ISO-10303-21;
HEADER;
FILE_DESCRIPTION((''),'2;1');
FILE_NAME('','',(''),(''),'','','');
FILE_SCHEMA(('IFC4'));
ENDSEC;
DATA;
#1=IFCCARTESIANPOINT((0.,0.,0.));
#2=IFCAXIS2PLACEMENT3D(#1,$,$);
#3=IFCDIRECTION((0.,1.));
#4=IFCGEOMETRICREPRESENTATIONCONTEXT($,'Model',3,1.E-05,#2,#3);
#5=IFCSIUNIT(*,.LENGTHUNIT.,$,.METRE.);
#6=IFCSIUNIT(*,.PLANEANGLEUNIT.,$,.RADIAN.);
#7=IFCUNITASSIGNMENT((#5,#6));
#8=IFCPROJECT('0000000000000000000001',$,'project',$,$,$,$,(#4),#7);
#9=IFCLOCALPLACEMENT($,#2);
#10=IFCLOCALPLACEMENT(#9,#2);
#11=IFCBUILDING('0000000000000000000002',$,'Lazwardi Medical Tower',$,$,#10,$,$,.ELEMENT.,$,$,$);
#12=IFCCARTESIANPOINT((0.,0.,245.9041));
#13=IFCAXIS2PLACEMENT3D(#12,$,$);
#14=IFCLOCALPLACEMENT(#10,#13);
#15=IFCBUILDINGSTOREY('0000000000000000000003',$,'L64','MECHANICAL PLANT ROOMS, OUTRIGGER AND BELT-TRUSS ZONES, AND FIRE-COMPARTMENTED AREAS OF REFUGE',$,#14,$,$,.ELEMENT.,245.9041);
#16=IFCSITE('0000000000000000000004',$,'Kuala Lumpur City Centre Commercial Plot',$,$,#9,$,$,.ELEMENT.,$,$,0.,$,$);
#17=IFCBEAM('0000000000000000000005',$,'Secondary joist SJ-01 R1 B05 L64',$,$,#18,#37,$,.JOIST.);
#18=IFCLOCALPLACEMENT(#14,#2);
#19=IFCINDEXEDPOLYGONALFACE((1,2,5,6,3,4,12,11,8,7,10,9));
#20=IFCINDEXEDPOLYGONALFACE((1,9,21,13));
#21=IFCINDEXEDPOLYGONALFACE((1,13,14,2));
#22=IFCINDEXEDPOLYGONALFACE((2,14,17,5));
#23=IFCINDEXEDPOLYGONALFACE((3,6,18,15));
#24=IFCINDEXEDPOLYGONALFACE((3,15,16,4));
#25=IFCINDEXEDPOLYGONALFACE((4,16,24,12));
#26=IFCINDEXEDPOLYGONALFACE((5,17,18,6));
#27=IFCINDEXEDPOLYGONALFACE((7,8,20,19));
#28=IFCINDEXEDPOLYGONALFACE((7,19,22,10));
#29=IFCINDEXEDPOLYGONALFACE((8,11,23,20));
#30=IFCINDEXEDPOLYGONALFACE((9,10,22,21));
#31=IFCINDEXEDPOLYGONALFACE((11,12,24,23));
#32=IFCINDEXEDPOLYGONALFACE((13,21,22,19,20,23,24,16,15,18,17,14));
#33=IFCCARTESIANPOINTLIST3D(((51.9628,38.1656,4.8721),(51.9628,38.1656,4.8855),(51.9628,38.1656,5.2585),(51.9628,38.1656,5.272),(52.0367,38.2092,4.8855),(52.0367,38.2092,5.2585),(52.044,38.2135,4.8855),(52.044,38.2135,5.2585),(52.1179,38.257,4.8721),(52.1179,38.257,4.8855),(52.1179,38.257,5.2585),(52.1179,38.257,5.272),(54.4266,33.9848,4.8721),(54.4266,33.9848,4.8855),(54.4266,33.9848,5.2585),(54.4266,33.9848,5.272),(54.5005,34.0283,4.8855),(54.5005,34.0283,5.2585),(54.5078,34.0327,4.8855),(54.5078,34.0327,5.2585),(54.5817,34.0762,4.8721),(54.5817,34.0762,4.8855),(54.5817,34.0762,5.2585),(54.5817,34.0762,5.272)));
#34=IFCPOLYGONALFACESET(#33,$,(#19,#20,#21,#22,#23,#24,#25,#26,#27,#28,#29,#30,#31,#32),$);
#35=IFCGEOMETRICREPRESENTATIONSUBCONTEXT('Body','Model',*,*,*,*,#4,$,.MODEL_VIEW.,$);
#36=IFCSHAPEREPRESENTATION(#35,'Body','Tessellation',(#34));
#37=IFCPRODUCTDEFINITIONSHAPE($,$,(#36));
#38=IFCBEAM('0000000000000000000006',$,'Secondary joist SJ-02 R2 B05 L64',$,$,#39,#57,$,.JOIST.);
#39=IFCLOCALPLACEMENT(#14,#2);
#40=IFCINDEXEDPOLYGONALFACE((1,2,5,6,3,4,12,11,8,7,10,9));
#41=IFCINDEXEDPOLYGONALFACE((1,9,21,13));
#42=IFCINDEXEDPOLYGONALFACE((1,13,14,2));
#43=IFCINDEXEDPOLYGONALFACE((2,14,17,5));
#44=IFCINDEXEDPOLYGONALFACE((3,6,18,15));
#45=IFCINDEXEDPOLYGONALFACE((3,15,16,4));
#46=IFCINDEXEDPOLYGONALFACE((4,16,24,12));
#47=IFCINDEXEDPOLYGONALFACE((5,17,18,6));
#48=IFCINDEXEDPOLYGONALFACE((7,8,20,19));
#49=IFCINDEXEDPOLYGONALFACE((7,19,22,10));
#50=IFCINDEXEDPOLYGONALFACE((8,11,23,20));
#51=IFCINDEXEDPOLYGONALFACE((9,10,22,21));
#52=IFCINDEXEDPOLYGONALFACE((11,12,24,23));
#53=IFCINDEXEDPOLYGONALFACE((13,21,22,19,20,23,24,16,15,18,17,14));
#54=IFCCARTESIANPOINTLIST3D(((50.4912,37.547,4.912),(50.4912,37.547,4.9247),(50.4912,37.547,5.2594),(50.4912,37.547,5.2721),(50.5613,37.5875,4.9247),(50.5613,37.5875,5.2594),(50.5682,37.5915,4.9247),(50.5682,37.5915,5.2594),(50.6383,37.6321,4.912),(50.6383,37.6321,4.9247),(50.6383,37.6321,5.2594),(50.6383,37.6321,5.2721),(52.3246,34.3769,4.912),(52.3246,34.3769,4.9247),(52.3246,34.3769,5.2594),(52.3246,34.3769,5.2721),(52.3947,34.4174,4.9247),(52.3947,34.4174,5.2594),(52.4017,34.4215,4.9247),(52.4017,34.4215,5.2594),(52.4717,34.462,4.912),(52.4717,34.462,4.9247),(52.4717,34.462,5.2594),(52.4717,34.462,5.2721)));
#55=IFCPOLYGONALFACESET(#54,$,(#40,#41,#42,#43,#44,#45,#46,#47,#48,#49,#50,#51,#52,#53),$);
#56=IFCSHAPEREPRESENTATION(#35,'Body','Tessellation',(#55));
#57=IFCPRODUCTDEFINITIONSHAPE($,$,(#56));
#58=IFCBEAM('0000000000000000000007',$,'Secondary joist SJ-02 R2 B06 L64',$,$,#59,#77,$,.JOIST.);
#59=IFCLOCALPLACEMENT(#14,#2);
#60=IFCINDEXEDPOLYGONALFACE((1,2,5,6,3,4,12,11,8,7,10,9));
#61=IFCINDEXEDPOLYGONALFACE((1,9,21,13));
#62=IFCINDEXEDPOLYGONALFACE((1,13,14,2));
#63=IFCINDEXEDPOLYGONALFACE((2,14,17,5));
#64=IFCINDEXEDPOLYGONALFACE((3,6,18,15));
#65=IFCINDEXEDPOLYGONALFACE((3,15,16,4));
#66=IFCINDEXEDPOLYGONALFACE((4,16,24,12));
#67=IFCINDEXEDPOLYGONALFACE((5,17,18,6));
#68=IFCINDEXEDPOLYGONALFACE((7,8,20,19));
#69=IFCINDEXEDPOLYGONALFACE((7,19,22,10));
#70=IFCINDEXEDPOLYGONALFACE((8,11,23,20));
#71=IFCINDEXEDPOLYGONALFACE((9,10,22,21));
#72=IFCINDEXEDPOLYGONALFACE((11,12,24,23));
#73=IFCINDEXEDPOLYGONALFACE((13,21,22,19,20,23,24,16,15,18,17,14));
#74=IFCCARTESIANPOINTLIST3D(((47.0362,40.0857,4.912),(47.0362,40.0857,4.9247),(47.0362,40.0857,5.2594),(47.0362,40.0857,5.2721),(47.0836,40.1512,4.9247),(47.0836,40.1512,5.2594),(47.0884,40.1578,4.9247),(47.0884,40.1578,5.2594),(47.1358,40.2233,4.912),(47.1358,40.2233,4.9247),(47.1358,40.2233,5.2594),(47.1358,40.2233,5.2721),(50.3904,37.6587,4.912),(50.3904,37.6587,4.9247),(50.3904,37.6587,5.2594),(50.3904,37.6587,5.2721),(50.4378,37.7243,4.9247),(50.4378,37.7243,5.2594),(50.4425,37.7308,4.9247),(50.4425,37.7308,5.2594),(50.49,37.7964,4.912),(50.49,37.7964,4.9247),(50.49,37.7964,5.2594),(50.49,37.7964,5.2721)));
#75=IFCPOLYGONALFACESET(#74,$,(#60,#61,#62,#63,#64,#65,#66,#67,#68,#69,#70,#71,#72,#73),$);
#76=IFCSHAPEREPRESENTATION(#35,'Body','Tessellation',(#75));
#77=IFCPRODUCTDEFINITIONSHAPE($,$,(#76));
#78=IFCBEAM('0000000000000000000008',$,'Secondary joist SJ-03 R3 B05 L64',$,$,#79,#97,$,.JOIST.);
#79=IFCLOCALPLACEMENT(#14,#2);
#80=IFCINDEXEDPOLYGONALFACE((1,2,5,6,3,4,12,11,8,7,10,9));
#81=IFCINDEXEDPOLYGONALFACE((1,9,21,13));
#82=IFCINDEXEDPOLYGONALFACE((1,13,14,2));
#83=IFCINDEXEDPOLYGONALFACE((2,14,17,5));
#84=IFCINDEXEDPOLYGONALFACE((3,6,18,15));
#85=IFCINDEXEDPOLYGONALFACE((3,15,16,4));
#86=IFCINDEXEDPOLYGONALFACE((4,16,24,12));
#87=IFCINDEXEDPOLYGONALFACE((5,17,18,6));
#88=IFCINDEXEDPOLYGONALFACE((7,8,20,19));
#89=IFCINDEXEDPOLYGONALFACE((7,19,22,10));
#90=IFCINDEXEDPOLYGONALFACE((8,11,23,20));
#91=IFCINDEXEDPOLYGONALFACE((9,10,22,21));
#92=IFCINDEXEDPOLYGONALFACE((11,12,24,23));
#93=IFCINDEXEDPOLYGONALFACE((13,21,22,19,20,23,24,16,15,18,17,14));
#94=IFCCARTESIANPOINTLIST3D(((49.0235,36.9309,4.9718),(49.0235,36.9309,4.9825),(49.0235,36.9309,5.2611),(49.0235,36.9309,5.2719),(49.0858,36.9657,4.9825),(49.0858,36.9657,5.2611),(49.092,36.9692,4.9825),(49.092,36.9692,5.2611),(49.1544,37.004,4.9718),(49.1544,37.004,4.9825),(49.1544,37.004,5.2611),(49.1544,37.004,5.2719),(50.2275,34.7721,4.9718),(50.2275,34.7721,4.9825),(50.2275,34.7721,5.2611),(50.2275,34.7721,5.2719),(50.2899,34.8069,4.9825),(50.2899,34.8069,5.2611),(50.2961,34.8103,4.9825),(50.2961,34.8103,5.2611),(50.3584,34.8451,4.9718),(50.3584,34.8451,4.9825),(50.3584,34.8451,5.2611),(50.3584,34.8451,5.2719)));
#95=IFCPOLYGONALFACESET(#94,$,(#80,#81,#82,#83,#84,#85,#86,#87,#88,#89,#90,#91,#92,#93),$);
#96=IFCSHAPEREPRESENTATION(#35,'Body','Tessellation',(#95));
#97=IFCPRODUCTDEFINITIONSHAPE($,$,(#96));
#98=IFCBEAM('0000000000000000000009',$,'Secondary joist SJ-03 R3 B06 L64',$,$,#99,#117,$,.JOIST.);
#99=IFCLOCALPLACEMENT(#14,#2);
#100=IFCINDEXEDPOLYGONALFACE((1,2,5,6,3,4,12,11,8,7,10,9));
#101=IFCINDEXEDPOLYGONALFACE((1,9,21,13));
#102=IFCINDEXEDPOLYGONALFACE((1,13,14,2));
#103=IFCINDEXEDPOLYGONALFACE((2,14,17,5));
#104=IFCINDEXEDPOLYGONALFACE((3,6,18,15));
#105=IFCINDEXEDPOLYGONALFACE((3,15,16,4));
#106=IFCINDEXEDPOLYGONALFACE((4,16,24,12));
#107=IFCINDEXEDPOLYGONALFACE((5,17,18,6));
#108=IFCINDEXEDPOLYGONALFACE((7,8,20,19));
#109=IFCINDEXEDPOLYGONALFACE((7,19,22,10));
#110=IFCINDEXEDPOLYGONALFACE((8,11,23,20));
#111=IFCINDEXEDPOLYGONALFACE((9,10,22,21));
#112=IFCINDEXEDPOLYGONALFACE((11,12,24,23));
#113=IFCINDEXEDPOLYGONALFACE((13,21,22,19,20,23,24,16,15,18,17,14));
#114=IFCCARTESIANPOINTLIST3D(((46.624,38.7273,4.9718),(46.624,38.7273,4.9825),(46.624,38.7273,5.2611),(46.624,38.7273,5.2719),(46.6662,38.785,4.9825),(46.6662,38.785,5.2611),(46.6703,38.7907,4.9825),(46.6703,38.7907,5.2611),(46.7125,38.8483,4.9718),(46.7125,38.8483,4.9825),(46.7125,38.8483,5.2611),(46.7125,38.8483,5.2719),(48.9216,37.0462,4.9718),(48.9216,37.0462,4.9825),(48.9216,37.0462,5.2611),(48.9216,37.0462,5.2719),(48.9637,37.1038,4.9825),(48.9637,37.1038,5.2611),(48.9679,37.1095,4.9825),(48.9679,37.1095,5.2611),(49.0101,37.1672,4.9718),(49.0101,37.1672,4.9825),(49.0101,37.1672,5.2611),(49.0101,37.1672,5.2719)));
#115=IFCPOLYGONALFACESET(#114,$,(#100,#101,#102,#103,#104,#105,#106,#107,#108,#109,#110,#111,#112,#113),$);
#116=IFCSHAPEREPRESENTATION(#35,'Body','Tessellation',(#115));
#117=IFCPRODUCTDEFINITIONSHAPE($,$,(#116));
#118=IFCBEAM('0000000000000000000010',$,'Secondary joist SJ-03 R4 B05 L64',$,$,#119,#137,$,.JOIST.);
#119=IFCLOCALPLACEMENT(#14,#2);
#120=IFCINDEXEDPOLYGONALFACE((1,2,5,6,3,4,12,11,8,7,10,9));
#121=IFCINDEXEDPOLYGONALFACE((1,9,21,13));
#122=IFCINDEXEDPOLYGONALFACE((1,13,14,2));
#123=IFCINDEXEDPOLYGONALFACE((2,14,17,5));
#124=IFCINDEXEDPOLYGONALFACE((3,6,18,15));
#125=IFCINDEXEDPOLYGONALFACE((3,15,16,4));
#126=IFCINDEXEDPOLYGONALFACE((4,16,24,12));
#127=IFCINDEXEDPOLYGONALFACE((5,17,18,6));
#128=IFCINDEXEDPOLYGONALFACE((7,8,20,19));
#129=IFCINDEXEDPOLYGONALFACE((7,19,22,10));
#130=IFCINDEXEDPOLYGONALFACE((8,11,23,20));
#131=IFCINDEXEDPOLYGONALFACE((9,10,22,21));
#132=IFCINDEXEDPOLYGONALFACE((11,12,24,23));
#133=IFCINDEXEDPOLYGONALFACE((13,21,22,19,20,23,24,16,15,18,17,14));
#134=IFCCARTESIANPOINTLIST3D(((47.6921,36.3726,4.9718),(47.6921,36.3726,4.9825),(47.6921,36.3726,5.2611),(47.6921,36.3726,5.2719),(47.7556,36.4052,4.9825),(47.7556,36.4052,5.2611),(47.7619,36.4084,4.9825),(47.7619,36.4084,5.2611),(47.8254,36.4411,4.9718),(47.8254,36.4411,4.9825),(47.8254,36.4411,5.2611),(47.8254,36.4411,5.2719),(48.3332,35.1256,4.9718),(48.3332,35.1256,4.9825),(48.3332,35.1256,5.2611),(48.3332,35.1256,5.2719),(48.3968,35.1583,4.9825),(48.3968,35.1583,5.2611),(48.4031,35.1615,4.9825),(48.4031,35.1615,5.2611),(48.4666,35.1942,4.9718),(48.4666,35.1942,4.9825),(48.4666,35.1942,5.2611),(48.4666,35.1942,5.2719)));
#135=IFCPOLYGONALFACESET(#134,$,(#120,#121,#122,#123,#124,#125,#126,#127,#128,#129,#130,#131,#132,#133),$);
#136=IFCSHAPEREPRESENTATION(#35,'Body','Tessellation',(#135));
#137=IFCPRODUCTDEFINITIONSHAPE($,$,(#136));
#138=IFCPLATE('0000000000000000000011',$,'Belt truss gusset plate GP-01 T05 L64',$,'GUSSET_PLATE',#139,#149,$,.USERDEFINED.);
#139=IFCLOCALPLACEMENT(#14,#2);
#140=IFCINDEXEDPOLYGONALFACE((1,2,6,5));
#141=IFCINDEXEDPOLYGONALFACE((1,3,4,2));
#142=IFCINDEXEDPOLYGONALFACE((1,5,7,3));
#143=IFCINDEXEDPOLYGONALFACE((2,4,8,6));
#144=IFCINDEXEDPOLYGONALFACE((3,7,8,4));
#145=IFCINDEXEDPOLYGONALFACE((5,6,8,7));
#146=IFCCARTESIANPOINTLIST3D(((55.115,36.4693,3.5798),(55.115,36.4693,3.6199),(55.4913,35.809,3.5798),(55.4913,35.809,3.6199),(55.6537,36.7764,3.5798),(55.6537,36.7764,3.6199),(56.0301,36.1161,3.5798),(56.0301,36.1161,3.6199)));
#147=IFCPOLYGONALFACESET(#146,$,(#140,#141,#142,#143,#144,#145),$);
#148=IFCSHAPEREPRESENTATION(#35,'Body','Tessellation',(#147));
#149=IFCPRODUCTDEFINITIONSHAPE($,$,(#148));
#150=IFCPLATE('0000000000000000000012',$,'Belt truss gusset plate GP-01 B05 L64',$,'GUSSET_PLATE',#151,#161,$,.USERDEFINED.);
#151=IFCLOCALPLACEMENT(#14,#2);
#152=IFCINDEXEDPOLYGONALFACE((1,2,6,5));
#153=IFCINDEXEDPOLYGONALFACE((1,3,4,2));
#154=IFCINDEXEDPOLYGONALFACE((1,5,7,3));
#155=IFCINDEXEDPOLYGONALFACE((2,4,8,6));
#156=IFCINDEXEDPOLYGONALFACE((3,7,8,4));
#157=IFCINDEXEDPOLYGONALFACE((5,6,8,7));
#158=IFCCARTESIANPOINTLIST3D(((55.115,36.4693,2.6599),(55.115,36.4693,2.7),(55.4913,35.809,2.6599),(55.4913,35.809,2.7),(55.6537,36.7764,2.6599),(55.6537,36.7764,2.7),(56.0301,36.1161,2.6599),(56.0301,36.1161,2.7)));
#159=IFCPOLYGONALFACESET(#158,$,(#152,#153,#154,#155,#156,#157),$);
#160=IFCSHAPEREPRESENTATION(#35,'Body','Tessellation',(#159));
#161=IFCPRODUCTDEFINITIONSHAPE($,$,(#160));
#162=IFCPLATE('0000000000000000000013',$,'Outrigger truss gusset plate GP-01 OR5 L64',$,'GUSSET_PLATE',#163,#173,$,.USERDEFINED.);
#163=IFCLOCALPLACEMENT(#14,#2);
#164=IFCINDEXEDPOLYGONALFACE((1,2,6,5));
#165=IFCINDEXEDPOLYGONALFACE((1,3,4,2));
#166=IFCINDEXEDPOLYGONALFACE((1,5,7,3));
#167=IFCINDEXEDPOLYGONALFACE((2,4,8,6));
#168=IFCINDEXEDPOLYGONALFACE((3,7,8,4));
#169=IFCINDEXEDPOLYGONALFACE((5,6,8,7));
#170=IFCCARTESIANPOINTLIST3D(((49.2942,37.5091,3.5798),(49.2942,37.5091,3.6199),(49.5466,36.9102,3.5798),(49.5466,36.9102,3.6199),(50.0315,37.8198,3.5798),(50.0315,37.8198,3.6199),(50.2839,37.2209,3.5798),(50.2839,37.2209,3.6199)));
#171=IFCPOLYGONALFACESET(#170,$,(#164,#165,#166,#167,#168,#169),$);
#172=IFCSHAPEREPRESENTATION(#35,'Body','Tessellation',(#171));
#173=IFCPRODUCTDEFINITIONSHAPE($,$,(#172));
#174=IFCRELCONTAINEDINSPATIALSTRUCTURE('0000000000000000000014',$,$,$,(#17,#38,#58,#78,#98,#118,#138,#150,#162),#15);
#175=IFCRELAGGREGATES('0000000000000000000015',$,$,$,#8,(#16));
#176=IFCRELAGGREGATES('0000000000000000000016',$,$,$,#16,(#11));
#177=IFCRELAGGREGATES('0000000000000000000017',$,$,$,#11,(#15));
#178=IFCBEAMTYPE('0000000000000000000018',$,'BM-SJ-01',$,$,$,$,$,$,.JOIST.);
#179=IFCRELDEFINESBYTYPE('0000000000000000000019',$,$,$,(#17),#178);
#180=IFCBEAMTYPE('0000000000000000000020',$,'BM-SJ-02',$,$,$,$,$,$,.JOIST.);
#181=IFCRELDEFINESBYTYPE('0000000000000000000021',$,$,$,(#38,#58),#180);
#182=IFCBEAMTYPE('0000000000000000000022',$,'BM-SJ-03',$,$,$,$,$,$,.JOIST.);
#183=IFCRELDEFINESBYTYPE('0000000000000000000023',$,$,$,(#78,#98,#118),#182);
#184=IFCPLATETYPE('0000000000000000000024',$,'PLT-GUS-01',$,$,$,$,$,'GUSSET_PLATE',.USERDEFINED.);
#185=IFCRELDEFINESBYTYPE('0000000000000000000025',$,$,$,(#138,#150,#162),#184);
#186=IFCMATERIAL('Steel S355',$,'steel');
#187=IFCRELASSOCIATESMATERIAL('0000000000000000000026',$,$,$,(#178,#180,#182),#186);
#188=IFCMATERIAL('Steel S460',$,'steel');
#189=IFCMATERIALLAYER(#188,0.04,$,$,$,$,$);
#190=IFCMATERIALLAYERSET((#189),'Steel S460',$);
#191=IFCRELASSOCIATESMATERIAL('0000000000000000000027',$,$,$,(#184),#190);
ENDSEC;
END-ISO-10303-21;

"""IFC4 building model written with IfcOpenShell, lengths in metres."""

from ifc_helpers import new_model, si_unit, direction, frame, origin, origin_2d, place, context, subcontext, project, spatial, rectangle, i_section, extrude, material, layer, layer_set, material_profile, profile_set, type_object, element, save


model = new_model("IFC4")

# Units and contexts
model_context = context("Model", 3, precision=1e-05, world=origin(), true_north=direction((0.0, 1.0)))
body_context = subcontext(model_context, "Body", "Model", "MODEL_VIEW")
ifc_project = project(units=[si_unit("LENGTHUNIT", "METRE"), si_unit("PLANEANGLEUNIT", "RADIAN")], contexts=[model_context])

# Site, building, storey
site_placement = place(None, origin())
site = spatial("IfcSite", under=ifc_project, at=site_placement, Name="Kuala Lumpur City Centre Commercial Plot", CompositionType="ELEMENT", RefElevation=0.0)
building_placement = place(site_placement, origin())
building = spatial("IfcBuilding", under=site, at=building_placement, Name="Lazwardi Medical Tower", CompositionType="ELEMENT")
storey_placement = place(building_placement, frame((0.0, 0.0, 245.9041)))
storey = spatial("IfcBuildingStorey", under=building, at=storey_placement, Name="L64", Description="MECHANICAL PLANT ROOMS, OUTRIGGER AND BELT-TRUSS ZONES, AND FIRE-COMPARTMENTED AREAS OF REFUGE", CompositionType="ELEMENT", Elevation=245.9041)

# Beams
ifc_material_1 = material(Name="Steel S355", Category="steel")
ifc_material_profile_1 = material_profile(ifc_material_1, i_section(OverallWidth=0.1799, OverallDepth=0.3999, WebThickness=0.0085, FlangeThickness=0.0134, at=origin_2d()), Name="IPE 400")
ifc_profile_set_1 = profile_set([ifc_material_profile_1], Name="Steel S355")
beam_type_1 = type_object("IfcBeamType", Name="BM-SJ-01", PredefinedType="JOIST", material=ifc_profile_set_1)
beam_1_placement = place(storey_placement, frame((54.5042, 34.0305, 5.072), z_axis=(-0.50771, 0.861528, 0.0), x_axis=(-0.861528, -0.50771, 0.0)))
element("IfcBeam", 1, at=beam_1_placement, inside=storey, type_object=beam_type_1, Name="Secondary joist SJ-01 R1 B05 L64", PredefinedType="JOIST", context=body_context, shape_type="SweptSolid", body=[
    extrude(i_section(OverallWidth=0.1799, OverallDepth=0.3999, WebThickness=0.0085, FlangeThickness=0.0134, at=origin_2d()), origin(), (0.0, 0.0, 1.0), 4.8528),
])
ifc_material_profile_2 = material_profile(ifc_material_1, i_section(OverallWidth=0.1699, OverallDepth=0.3601, WebThickness=0.0081, FlangeThickness=0.0127, at=origin_2d()), Name="IPE 360")
ifc_profile_set_2 = profile_set([ifc_material_profile_2], Name="Steel S355")
beam_type_2 = type_object("IfcBeamType", Name="BM-SJ-02", PredefinedType="JOIST", material=ifc_profile_set_2)
beam_2_placement = place(storey_placement, frame((52.3982, 34.4194, 5.092), z_axis=(-0.500655, 0.865647, 0.0), x_axis=(-0.865647, -0.500655, 0.0)))
element("IfcBeam", 2, at=beam_2_placement, inside=storey, type_object=beam_type_2, Name="Secondary joist SJ-02 R2 B05 L64", PredefinedType="JOIST", context=body_context, shape_type="SweptSolid", body=[
    extrude(i_section(OverallWidth=0.1699, OverallDepth=0.3601, WebThickness=0.0081, FlangeThickness=0.0127, at=origin_2d()), origin(), (0.0, 0.0, 1.0), 3.6621),
])
beam_3_placement = place(storey_placement, frame((50.4402, 37.7275, 5.092), z_axis=(-0.810164, 0.586203, 0.0), x_axis=(-0.586203, -0.810164, 0.0)))
element("IfcBeam", 3, at=beam_3_placement, inside=storey, type_object=beam_type_2, Name="Secondary joist SJ-02 R2 B06 L64", PredefinedType="JOIST", context=body_context, shape_type="SweptSolid", body=[
    extrude(i_section(OverallWidth=0.1699, OverallDepth=0.3601, WebThickness=0.0081, FlangeThickness=0.0127, at=origin_2d()), origin(), (0.0, 0.0, 1.0), 4.1401),
])
ifc_material_profile_3 = material_profile(ifc_material_1, i_section(OverallWidth=0.1499, OverallDepth=0.3, WebThickness=0.0071, FlangeThickness=0.0107, at=origin_2d()), Name="IPE 300")
ifc_profile_set_3 = profile_set([ifc_material_profile_3], Name="Steel S355")
beam_type_3 = type_object("IfcBeamType", Name="BM-SJ-03", PredefinedType="JOIST", material=ifc_profile_set_3)
beam_4_placement = place(storey_placement, frame((50.293, 34.8086, 5.1218), z_axis=(-0.487093, 0.87335, 0.0), x_axis=(-0.87335, -0.487093, 0.0)))
element("IfcBeam", 4, at=beam_4_placement, inside=storey, type_object=beam_type_3, Name="Secondary joist SJ-03 R3 B05 L64", PredefinedType="JOIST", context=body_context, shape_type="SweptSolid", body=[
    extrude(i_section(OverallWidth=0.1499, OverallDepth=0.3, WebThickness=0.0071, FlangeThickness=0.0107, at=origin_2d()), origin(), (0.0, 0.0, 1.0), 2.4719),
])
beam_5_placement = place(storey_placement, frame((48.9658, 37.1067, 5.1218), z_axis=(-0.807034, 0.590505, 0.0), x_axis=(-0.590505, -0.807034, 0.0)))
element("IfcBeam", 5, at=beam_5_placement, inside=storey, type_object=beam_type_3, Name="Secondary joist SJ-03 R3 B06 L64", PredefinedType="JOIST", context=body_context, shape_type="SweptSolid", body=[
    extrude(i_section(OverallWidth=0.1499, OverallDepth=0.3, WebThickness=0.0071, FlangeThickness=0.0107, at=origin_2d()), origin(), (0.0, 0.0, 1.0), 2.8469),
])
beam_6_placement = place(storey_placement, frame((48.3999, 35.1599, 5.1218), z_axis=(-0.457285, 0.88932, 0.0), x_axis=(-0.88932, -0.457285, 0.0)))
element("IfcBeam", 6, at=beam_6_placement, inside=storey, type_object=beam_type_3, Name="Secondary joist SJ-03 R4 B05 L64", PredefinedType="JOIST", context=body_context, shape_type="SweptSolid", body=[
    extrude(i_section(OverallWidth=0.1499, OverallDepth=0.3, WebThickness=0.0071, FlangeThickness=0.0107, at=origin_2d()), origin(), (0.0, 0.0, 1.0), 1.4021),
])

# Plates
ifc_material_2 = material(Name="Steel S460", Category="steel")
ifc_layer_1 = layer(ifc_material_2, 0.04)
ifc_layer_set_1 = layer_set([ifc_layer_1], Name="Steel S460")
plate_type = type_object("IfcPlateType", Name="PLT-GUS-01", ElementType="GUSSET_PLATE", PredefinedType="USERDEFINED", material=ifc_layer_set_1)
for number, where, z_axis, x_axis, name in (
    (7, (55.5725, 36.2927, 3.5798), (0.0, 0.0, 1.0), (-0.495155, 0.868804, 0.0), "Belt truss gusset plate GP-01 T05 L64"),
    (8, (55.5725, 36.2927, 2.6599), (0.0, 0.0, 1.0), (-0.495155, 0.868804, 0.0), "Belt truss gusset plate GP-01 B05 L64"),
):
    element("IfcPlate", number, at=place(storey_placement, frame(where, z_axis=z_axis, x_axis=x_axis)), inside=storey, type_object=plate_type, Name=name, ObjectType="GUSSET_PLATE", PredefinedType="USERDEFINED", context=body_context, shape_type="SweptSolid", body=[
        extrude(rectangle(XDim=0.76, YDim=0.6201, at=origin_2d()), origin(), (0.0, 0.0, 1.0), 0.04),
    ])
plate_placement = place(storey_placement, frame((49.7891, 37.365, 3.5798), z_axis=(0.0, 0.0, 1.0), x_axis=(0.921525, 0.38832, 0.0)))
element("IfcPlate", 9, at=plate_placement, inside=storey, type_object=plate_type, Name="Outrigger truss gusset plate GP-01 OR5 L64", ObjectType="GUSSET_PLATE", PredefinedType="USERDEFINED", context=body_context, shape_type="SweptSolid", body=[
    extrude(rectangle(XDim=0.8, YDim=0.6499, at=origin_2d()), origin(), (0.0, 0.0, 1.0), 0.04),
])

save(model, "model.ifc")
